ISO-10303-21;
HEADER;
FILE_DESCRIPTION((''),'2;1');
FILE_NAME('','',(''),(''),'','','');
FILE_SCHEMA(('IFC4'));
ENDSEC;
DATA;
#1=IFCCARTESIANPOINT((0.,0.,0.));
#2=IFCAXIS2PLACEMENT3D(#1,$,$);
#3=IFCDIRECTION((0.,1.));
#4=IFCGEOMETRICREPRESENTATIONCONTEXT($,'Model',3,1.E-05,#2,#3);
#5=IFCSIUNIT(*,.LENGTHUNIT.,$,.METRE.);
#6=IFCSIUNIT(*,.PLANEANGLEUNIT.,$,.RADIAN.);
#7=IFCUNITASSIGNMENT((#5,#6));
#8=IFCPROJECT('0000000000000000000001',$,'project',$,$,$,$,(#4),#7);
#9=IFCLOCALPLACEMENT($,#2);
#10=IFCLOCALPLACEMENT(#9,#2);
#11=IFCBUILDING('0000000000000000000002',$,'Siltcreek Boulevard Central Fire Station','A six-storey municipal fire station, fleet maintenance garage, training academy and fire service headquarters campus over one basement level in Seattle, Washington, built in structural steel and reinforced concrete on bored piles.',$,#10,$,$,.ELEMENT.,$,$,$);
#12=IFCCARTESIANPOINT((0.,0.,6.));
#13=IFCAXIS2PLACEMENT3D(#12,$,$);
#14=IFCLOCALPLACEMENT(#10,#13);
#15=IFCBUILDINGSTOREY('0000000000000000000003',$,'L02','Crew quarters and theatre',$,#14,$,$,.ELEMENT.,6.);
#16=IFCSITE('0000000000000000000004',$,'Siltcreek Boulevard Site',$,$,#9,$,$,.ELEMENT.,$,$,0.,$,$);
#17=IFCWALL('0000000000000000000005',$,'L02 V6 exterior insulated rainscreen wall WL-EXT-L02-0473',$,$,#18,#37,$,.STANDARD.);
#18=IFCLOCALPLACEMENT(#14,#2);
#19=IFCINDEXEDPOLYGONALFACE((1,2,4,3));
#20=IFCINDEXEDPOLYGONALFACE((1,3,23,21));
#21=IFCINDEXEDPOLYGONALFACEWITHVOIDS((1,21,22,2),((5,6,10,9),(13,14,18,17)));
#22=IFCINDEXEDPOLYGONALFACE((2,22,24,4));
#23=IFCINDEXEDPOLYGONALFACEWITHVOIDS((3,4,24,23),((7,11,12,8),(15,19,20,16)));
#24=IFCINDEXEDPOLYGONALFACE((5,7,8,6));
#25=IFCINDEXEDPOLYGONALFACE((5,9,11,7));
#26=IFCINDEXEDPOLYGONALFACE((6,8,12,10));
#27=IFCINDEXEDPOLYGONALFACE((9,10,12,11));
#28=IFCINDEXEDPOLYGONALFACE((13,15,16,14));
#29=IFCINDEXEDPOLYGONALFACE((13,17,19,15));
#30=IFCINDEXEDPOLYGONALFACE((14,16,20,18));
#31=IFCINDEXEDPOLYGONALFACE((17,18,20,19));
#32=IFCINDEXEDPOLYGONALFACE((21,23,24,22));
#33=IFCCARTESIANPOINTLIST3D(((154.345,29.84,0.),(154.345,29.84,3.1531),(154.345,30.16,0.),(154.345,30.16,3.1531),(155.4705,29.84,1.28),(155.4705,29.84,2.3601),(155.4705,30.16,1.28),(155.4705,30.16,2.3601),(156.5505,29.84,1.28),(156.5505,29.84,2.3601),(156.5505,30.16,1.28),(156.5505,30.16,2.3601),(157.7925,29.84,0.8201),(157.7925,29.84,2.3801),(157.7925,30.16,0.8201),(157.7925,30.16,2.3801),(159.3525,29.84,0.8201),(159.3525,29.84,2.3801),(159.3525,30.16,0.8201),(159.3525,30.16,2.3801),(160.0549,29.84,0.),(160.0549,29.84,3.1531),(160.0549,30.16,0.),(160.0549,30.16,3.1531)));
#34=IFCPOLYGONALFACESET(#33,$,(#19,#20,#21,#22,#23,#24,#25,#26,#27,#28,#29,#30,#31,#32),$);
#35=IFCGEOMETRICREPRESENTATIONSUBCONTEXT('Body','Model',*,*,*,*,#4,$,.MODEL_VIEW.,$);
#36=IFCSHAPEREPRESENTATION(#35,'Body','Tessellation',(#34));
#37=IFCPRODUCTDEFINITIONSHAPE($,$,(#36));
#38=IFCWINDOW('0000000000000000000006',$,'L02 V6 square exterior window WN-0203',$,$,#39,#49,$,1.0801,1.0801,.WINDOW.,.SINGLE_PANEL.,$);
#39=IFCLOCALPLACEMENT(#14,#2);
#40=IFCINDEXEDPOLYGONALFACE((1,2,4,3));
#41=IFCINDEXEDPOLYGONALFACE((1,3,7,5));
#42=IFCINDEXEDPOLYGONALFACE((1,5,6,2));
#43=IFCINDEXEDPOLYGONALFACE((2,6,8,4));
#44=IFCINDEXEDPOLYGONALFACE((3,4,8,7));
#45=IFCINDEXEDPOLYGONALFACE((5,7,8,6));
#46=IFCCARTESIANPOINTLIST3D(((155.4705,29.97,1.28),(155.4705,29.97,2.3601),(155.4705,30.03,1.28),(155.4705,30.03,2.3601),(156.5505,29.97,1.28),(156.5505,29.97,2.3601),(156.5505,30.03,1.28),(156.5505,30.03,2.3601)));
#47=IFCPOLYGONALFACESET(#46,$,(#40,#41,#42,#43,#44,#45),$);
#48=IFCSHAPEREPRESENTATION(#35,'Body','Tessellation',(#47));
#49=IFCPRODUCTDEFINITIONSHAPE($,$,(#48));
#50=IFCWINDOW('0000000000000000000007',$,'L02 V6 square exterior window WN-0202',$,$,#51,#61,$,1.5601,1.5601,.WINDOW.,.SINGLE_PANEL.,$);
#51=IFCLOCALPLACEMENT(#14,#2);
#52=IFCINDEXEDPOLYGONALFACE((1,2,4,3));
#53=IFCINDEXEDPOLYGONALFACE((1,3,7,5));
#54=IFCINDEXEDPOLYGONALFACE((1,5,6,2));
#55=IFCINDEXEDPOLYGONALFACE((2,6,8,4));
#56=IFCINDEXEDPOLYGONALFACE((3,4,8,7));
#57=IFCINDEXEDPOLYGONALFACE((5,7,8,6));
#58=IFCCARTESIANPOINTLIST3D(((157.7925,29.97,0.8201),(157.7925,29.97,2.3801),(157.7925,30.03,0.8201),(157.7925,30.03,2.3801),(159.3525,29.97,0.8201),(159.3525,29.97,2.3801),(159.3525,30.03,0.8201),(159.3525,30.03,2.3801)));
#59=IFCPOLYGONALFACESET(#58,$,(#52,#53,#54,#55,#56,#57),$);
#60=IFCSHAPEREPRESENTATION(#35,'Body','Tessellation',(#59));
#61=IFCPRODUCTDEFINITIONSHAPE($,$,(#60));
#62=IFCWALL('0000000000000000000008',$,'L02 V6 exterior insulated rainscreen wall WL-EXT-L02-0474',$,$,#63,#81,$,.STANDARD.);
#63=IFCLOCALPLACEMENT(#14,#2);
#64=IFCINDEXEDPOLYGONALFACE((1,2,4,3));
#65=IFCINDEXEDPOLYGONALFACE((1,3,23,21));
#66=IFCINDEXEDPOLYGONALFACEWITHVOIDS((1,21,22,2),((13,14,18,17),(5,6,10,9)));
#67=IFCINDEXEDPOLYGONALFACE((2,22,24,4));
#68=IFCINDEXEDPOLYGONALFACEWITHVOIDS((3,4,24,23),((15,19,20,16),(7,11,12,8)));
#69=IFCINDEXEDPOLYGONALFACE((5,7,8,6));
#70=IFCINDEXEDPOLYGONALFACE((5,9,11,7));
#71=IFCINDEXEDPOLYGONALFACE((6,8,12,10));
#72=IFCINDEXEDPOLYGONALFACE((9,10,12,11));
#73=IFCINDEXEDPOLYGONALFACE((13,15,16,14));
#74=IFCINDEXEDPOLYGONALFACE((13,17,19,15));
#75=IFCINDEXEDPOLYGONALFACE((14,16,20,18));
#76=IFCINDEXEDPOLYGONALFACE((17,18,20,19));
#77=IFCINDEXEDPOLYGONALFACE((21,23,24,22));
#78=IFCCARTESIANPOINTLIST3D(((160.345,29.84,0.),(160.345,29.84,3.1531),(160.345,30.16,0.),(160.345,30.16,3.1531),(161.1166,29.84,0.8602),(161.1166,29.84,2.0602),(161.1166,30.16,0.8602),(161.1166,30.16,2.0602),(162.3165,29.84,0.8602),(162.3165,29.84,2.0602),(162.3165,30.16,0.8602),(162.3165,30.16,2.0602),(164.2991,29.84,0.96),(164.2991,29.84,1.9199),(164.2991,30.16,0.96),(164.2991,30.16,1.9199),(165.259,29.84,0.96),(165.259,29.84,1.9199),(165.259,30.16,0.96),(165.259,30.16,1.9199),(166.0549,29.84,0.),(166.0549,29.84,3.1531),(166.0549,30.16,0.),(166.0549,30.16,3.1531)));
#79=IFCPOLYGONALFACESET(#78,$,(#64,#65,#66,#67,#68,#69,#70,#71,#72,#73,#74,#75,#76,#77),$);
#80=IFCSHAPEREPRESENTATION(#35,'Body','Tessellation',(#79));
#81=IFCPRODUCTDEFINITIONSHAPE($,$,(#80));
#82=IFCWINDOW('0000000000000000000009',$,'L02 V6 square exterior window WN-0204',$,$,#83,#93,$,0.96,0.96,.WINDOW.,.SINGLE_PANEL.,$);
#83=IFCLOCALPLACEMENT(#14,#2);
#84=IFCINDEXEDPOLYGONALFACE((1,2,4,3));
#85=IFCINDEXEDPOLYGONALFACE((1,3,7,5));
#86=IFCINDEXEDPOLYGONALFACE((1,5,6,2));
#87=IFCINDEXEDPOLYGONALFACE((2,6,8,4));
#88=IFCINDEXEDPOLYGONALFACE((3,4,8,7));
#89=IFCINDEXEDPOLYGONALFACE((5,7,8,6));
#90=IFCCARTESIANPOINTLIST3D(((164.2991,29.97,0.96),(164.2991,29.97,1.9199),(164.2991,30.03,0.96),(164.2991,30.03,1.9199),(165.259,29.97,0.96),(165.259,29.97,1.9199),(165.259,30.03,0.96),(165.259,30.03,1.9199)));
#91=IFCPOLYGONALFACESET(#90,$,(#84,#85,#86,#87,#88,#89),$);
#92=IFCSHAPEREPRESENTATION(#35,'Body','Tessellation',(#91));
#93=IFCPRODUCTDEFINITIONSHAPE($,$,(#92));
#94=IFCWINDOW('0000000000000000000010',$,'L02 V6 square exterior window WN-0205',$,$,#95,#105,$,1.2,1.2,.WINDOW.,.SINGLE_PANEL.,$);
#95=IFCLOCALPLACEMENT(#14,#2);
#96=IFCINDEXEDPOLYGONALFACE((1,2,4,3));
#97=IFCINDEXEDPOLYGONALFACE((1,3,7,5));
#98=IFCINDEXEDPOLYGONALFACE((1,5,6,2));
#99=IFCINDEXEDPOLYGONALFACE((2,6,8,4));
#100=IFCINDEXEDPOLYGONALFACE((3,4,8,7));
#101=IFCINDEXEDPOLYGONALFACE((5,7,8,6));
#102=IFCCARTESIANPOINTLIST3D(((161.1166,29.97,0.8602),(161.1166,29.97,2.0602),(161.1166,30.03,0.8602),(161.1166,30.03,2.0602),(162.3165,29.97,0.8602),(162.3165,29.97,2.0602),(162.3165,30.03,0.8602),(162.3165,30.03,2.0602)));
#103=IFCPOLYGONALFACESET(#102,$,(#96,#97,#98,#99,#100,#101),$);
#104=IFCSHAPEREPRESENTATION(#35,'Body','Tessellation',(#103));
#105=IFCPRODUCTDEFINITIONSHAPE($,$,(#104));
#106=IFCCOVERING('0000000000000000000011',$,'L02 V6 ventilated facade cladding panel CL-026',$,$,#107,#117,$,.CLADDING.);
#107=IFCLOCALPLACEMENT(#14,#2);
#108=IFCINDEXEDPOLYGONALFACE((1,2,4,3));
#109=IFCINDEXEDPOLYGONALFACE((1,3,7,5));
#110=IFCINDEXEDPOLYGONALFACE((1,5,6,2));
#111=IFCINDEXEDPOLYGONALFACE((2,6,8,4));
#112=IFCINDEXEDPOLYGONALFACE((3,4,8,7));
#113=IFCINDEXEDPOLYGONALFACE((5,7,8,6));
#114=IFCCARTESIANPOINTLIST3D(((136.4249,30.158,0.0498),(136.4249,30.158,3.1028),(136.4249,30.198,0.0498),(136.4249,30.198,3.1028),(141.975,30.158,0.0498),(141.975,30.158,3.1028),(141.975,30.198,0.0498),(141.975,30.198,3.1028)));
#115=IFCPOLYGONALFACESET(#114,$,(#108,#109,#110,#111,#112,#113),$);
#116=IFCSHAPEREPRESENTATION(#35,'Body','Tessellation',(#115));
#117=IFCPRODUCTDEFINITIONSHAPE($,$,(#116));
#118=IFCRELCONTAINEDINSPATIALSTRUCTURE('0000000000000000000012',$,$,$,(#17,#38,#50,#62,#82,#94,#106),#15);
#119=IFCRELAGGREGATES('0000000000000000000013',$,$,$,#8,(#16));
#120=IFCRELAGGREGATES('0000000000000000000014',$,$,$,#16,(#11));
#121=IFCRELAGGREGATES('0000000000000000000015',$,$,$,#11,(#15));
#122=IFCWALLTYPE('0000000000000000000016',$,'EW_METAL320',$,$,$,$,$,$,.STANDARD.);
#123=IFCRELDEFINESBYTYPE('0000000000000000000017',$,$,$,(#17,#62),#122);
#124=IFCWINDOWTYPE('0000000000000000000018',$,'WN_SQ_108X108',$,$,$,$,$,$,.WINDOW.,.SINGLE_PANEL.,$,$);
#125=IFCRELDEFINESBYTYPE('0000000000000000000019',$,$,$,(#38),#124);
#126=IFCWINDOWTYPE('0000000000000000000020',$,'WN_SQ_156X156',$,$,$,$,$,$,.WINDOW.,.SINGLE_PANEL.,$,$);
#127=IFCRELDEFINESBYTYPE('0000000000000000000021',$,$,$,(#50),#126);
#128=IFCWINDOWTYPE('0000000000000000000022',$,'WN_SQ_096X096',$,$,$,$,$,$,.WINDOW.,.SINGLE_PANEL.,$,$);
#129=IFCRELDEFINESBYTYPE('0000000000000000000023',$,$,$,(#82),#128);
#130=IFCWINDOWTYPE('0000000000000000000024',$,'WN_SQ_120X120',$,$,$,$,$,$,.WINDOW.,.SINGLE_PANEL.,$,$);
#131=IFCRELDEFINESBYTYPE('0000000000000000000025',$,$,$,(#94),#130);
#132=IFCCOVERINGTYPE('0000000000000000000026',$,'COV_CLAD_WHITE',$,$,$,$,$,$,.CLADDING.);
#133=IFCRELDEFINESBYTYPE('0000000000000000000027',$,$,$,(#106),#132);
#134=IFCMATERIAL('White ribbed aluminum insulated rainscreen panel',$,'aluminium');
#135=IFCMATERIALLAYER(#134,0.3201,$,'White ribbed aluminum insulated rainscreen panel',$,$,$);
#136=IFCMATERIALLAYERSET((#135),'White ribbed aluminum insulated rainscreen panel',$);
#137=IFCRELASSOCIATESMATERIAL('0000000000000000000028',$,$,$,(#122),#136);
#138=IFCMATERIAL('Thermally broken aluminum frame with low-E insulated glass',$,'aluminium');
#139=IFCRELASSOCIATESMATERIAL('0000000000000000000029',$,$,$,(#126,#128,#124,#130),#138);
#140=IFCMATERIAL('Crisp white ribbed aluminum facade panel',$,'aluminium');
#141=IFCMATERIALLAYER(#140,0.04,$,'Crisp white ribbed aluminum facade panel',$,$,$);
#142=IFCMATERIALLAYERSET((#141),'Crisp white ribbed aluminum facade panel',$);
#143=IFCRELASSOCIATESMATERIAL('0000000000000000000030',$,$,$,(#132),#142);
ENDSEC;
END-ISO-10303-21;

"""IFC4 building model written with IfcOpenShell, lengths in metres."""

from ifc_helpers import new_model, si_unit, direction, frame, frame_2d, origin, origin_2d, place, context, subcontext, project, spatial, rectangle, extrude, material, layer, layer_set, type_object, element, fill, save


model = new_model("IFC4")

# Units and contexts
model_context = context("Model", 3, precision=1e-05, world=origin(), true_north=direction((0.0, 1.0)))
body_context = subcontext(model_context, "Body", "Model", "MODEL_VIEW")
ifc_project = project(units=[si_unit("LENGTHUNIT", "METRE"), si_unit("PLANEANGLEUNIT", "RADIAN")], contexts=[model_context])

# Site, building, storey
site_placement = place(None, origin())
site = spatial("IfcSite", under=ifc_project, at=site_placement, Name="Siltcreek Boulevard Site", CompositionType="ELEMENT", RefElevation=0.0)
building_placement = place(site_placement, origin())
building = spatial("IfcBuilding", under=site, at=building_placement, Name="Siltcreek Boulevard Central Fire Station", Description="A six-storey municipal fire station, fleet maintenance garage, training academy and fire service headquarters campus over one basement level in Seattle, Washington, built in structural steel and reinforced concrete on bored piles.", CompositionType="ELEMENT")
storey_placement = place(building_placement, frame((0.0, 0.0, 6.0)))
storey = spatial("IfcBuildingStorey", under=building, at=storey_placement, Name="L02", Description="Crew quarters and theatre", CompositionType="ELEMENT", Elevation=6.0)

# Shared definitions
ifc_material_1 = material(Name="White ribbed aluminum insulated rainscreen panel", Category="aluminium")
ifc_layer_1 = layer(ifc_material_1, 0.3201, Name="White ribbed aluminum insulated rainscreen panel")
ifc_layer_set_1 = layer_set([ifc_layer_1], Name="White ribbed aluminum insulated rainscreen panel")
wall_type = type_object("IfcWallType", Name="EW_METAL320", PredefinedType="STANDARD", material=ifc_layer_set_1)

# Walls, openings, windows
ifc_material_2 = material(Name="Thermally broken aluminum frame with low-E insulated glass", Category="aluminium")
window_type_1 = type_object("IfcWindowType", Name="WN_SQ_156X156", PartitioningType="SINGLE_PANEL", PredefinedType="WINDOW", material=ifc_material_2)
window_type_2 = type_object("IfcWindowType", Name="WN_SQ_096X096", PartitioningType="SINGLE_PANEL", PredefinedType="WINDOW", material=ifc_material_2)
wall_1_placement = place(storey_placement, frame((160.0549, 30.0, 0.0), z_axis=(0.0, 0.0, 1.0), x_axis=(-1.0, 0.0, 0.0)))
wall_1 = element("IfcWall", 1, at=wall_1_placement, inside=storey, type_object=wall_type, Name="L02 V6 exterior insulated rainscreen wall WL-EXT-L02-0473", PredefinedType="STANDARD", context=body_context, shape_type="SweptSolid", body=[
    extrude(rectangle(XDim=5.71, YDim=0.3201, at=frame_2d((2.855, 0.0))), origin(), (0.0, 0.0, 1.0), 3.1531),
])
opening_1_placement = place(wall_1_placement, frame((0.7024, 0.0, 0.8201)))
opening_1 = element("IfcOpeningElement", 2, at=opening_1_placement, cuts=wall_1, PredefinedType="OPENING", context=body_context, shape_type="SweptSolid", body=[
    extrude(rectangle(XDim=1.5601, YDim=1.5601, at=frame_2d((0.78, 0.78))), frame((0.0, 0.1699, 0.0), z_axis=(0.0, -1.0, 0.0), x_axis=(1.0, 0.0, 0.0)), (0.0, 0.0, 1.0), 0.3401),
])
opening_2_placement = place(wall_1_placement, frame((3.5044, 0.0, 1.28)))
opening_2 = element("IfcOpeningElement", 3, at=opening_2_placement, cuts=wall_1, PredefinedType="OPENING", context=body_context, shape_type="SweptSolid", body=[
    extrude(rectangle(XDim=1.0801, YDim=1.0801, at=frame_2d((0.54, 0.54))), frame((0.0, 0.1699, 0.0), z_axis=(0.0, -1.0, 0.0), x_axis=(1.0, 0.0, 0.0)), (0.0, 0.0, 1.0), 0.3401),
])
window_type_3 = type_object("IfcWindowType", Name="WN_SQ_108X108", PartitioningType="SINGLE_PANEL", PredefinedType="WINDOW", material=ifc_material_2)
window_1_placement = place(opening_2_placement, origin())
window_1 = element("IfcWindow", 4, at=window_1_placement, inside=storey, type_object=window_type_3, Name="L02 V6 square exterior window WN-0203", OverallHeight=1.0801, OverallWidth=1.0801, PartitioningType="SINGLE_PANEL", PredefinedType="WINDOW", context=body_context, shape_type="SweptSolid", body=[
    extrude(rectangle(XDim=1.0801, YDim=1.0801, at=frame_2d((0.54, 0.54))), frame((0.0, 0.03, 0.0), z_axis=(0.0, -1.0, 0.0), x_axis=(1.0, 0.0, 0.0)), (0.0, 0.0, 1.0), 0.0601),
])
fill(opening_2, window_1)
window_2_placement = place(opening_1_placement, origin())
window_2 = element("IfcWindow", 5, at=window_2_placement, inside=storey, type_object=window_type_1, Name="L02 V6 square exterior window WN-0202", OverallHeight=1.5601, OverallWidth=1.5601, PartitioningType="SINGLE_PANEL", PredefinedType="WINDOW", context=body_context, shape_type="SweptSolid", body=[
    extrude(rectangle(XDim=1.5601, YDim=1.5601, at=frame_2d((0.78, 0.78))), frame((0.0, 0.03, 0.0), z_axis=(0.0, -1.0, 0.0), x_axis=(1.0, 0.0, 0.0)), (0.0, 0.0, 1.0), 0.0601),
])
fill(opening_1, window_2)
wall_2_placement = place(storey_placement, frame((166.0549, 30.0, 0.0), z_axis=(0.0, 0.0, 1.0), x_axis=(-1.0, 0.0, 0.0)))
wall_2 = element("IfcWall", 6, at=wall_2_placement, inside=storey, type_object=wall_type, Name="L02 V6 exterior insulated rainscreen wall WL-EXT-L02-0474", PredefinedType="STANDARD", context=body_context, shape_type="SweptSolid", body=[
    extrude(rectangle(XDim=5.71, YDim=0.3201, at=frame_2d((2.855, 0.0))), origin(), (0.0, 0.0, 1.0), 3.1531),
])
opening_3_placement = place(wall_2_placement, frame((0.7959, 0.0, 0.96)))
opening_3 = element("IfcOpeningElement", 7, at=opening_3_placement, cuts=wall_2, PredefinedType="OPENING", context=body_context, shape_type="SweptSolid", body=[
    extrude(rectangle(XDim=0.96, YDim=0.96, at=frame_2d((0.48, 0.48))), frame((0.0, 0.1699, 0.0), z_axis=(0.0, -1.0, 0.0), x_axis=(1.0, 0.0, 0.0)), (0.0, 0.0, 1.0), 0.3401),
])
opening_4_placement = place(wall_2_placement, frame((3.7383, 0.0, 0.8601)))
opening_4 = element("IfcOpeningElement", 8, at=opening_4_placement, cuts=wall_2, PredefinedType="OPENING", context=body_context, shape_type="SweptSolid", body=[
    extrude(rectangle(XDim=1.2, YDim=1.2, at=frame_2d((0.6001, 0.6001))), frame((0.0, 0.1699, 0.0), z_axis=(0.0, -1.0, 0.0), x_axis=(1.0, 0.0, 0.0)), (0.0, 0.0, 1.0), 0.3401),
])
window_3_placement = place(opening_3_placement, origin())
window_3 = element("IfcWindow", 9, at=window_3_placement, inside=storey, type_object=window_type_2, Name="L02 V6 square exterior window WN-0204", OverallHeight=0.96, OverallWidth=0.96, PartitioningType="SINGLE_PANEL", PredefinedType="WINDOW", context=body_context, shape_type="SweptSolid", body=[
    extrude(rectangle(XDim=0.96, YDim=0.96, at=frame_2d((0.48, 0.48))), frame((0.0, 0.03, 0.0), z_axis=(0.0, -1.0, 0.0), x_axis=(1.0, 0.0, 0.0)), (0.0, 0.0, 1.0), 0.0601),
])
fill(opening_3, window_3)
window_type_4 = type_object("IfcWindowType", Name="WN_SQ_120X120", PartitioningType="SINGLE_PANEL", PredefinedType="WINDOW", material=ifc_material_2)
window_4_placement = place(opening_4_placement, origin())
window_4 = element("IfcWindow", 10, at=window_4_placement, inside=storey, type_object=window_type_4, Name="L02 V6 square exterior window WN-0205", OverallHeight=1.2, OverallWidth=1.2, PartitioningType="SINGLE_PANEL", PredefinedType="WINDOW", context=body_context, shape_type="SweptSolid", body=[
    extrude(rectangle(XDim=1.2, YDim=1.2, at=frame_2d((0.6001, 0.6001))), frame((0.0, 0.03, 0.0), z_axis=(0.0, -1.0, 0.0), x_axis=(1.0, 0.0, 0.0)), (0.0, 0.0, 1.0), 0.0601),
])
fill(opening_4, window_4)

# Covering
ifc_material_3 = material(Name="Crisp white ribbed aluminum facade panel", Category="aluminium")
ifc_layer_2 = layer(ifc_material_3, 0.04, Name="Crisp white ribbed aluminum facade panel")
ifc_layer_set_2 = layer_set([ifc_layer_2], Name="Crisp white ribbed aluminum facade panel")
covering_type = type_object("IfcCoveringType", Name="COV_CLAD_WHITE", PredefinedType="CLADDING", material=ifc_layer_set_2)
covering_placement = place(storey_placement, frame((139.2, 30.178, 0.0498), z_axis=(0.0, 0.0, 1.0), x_axis=(-1.0, 0.0, 0.0)))
element("IfcCovering", 11, at=covering_placement, inside=storey, type_object=covering_type, Name="L02 V6 ventilated facade cladding panel CL-026", PredefinedType="CLADDING", context=body_context, shape_type="SweptSolid", body=[
    extrude(rectangle(XDim=5.55, YDim=0.04, at=origin_2d()), origin(), (0.0, 0.0, 1.0), 3.053),
])

save(model, "model.ifc")
